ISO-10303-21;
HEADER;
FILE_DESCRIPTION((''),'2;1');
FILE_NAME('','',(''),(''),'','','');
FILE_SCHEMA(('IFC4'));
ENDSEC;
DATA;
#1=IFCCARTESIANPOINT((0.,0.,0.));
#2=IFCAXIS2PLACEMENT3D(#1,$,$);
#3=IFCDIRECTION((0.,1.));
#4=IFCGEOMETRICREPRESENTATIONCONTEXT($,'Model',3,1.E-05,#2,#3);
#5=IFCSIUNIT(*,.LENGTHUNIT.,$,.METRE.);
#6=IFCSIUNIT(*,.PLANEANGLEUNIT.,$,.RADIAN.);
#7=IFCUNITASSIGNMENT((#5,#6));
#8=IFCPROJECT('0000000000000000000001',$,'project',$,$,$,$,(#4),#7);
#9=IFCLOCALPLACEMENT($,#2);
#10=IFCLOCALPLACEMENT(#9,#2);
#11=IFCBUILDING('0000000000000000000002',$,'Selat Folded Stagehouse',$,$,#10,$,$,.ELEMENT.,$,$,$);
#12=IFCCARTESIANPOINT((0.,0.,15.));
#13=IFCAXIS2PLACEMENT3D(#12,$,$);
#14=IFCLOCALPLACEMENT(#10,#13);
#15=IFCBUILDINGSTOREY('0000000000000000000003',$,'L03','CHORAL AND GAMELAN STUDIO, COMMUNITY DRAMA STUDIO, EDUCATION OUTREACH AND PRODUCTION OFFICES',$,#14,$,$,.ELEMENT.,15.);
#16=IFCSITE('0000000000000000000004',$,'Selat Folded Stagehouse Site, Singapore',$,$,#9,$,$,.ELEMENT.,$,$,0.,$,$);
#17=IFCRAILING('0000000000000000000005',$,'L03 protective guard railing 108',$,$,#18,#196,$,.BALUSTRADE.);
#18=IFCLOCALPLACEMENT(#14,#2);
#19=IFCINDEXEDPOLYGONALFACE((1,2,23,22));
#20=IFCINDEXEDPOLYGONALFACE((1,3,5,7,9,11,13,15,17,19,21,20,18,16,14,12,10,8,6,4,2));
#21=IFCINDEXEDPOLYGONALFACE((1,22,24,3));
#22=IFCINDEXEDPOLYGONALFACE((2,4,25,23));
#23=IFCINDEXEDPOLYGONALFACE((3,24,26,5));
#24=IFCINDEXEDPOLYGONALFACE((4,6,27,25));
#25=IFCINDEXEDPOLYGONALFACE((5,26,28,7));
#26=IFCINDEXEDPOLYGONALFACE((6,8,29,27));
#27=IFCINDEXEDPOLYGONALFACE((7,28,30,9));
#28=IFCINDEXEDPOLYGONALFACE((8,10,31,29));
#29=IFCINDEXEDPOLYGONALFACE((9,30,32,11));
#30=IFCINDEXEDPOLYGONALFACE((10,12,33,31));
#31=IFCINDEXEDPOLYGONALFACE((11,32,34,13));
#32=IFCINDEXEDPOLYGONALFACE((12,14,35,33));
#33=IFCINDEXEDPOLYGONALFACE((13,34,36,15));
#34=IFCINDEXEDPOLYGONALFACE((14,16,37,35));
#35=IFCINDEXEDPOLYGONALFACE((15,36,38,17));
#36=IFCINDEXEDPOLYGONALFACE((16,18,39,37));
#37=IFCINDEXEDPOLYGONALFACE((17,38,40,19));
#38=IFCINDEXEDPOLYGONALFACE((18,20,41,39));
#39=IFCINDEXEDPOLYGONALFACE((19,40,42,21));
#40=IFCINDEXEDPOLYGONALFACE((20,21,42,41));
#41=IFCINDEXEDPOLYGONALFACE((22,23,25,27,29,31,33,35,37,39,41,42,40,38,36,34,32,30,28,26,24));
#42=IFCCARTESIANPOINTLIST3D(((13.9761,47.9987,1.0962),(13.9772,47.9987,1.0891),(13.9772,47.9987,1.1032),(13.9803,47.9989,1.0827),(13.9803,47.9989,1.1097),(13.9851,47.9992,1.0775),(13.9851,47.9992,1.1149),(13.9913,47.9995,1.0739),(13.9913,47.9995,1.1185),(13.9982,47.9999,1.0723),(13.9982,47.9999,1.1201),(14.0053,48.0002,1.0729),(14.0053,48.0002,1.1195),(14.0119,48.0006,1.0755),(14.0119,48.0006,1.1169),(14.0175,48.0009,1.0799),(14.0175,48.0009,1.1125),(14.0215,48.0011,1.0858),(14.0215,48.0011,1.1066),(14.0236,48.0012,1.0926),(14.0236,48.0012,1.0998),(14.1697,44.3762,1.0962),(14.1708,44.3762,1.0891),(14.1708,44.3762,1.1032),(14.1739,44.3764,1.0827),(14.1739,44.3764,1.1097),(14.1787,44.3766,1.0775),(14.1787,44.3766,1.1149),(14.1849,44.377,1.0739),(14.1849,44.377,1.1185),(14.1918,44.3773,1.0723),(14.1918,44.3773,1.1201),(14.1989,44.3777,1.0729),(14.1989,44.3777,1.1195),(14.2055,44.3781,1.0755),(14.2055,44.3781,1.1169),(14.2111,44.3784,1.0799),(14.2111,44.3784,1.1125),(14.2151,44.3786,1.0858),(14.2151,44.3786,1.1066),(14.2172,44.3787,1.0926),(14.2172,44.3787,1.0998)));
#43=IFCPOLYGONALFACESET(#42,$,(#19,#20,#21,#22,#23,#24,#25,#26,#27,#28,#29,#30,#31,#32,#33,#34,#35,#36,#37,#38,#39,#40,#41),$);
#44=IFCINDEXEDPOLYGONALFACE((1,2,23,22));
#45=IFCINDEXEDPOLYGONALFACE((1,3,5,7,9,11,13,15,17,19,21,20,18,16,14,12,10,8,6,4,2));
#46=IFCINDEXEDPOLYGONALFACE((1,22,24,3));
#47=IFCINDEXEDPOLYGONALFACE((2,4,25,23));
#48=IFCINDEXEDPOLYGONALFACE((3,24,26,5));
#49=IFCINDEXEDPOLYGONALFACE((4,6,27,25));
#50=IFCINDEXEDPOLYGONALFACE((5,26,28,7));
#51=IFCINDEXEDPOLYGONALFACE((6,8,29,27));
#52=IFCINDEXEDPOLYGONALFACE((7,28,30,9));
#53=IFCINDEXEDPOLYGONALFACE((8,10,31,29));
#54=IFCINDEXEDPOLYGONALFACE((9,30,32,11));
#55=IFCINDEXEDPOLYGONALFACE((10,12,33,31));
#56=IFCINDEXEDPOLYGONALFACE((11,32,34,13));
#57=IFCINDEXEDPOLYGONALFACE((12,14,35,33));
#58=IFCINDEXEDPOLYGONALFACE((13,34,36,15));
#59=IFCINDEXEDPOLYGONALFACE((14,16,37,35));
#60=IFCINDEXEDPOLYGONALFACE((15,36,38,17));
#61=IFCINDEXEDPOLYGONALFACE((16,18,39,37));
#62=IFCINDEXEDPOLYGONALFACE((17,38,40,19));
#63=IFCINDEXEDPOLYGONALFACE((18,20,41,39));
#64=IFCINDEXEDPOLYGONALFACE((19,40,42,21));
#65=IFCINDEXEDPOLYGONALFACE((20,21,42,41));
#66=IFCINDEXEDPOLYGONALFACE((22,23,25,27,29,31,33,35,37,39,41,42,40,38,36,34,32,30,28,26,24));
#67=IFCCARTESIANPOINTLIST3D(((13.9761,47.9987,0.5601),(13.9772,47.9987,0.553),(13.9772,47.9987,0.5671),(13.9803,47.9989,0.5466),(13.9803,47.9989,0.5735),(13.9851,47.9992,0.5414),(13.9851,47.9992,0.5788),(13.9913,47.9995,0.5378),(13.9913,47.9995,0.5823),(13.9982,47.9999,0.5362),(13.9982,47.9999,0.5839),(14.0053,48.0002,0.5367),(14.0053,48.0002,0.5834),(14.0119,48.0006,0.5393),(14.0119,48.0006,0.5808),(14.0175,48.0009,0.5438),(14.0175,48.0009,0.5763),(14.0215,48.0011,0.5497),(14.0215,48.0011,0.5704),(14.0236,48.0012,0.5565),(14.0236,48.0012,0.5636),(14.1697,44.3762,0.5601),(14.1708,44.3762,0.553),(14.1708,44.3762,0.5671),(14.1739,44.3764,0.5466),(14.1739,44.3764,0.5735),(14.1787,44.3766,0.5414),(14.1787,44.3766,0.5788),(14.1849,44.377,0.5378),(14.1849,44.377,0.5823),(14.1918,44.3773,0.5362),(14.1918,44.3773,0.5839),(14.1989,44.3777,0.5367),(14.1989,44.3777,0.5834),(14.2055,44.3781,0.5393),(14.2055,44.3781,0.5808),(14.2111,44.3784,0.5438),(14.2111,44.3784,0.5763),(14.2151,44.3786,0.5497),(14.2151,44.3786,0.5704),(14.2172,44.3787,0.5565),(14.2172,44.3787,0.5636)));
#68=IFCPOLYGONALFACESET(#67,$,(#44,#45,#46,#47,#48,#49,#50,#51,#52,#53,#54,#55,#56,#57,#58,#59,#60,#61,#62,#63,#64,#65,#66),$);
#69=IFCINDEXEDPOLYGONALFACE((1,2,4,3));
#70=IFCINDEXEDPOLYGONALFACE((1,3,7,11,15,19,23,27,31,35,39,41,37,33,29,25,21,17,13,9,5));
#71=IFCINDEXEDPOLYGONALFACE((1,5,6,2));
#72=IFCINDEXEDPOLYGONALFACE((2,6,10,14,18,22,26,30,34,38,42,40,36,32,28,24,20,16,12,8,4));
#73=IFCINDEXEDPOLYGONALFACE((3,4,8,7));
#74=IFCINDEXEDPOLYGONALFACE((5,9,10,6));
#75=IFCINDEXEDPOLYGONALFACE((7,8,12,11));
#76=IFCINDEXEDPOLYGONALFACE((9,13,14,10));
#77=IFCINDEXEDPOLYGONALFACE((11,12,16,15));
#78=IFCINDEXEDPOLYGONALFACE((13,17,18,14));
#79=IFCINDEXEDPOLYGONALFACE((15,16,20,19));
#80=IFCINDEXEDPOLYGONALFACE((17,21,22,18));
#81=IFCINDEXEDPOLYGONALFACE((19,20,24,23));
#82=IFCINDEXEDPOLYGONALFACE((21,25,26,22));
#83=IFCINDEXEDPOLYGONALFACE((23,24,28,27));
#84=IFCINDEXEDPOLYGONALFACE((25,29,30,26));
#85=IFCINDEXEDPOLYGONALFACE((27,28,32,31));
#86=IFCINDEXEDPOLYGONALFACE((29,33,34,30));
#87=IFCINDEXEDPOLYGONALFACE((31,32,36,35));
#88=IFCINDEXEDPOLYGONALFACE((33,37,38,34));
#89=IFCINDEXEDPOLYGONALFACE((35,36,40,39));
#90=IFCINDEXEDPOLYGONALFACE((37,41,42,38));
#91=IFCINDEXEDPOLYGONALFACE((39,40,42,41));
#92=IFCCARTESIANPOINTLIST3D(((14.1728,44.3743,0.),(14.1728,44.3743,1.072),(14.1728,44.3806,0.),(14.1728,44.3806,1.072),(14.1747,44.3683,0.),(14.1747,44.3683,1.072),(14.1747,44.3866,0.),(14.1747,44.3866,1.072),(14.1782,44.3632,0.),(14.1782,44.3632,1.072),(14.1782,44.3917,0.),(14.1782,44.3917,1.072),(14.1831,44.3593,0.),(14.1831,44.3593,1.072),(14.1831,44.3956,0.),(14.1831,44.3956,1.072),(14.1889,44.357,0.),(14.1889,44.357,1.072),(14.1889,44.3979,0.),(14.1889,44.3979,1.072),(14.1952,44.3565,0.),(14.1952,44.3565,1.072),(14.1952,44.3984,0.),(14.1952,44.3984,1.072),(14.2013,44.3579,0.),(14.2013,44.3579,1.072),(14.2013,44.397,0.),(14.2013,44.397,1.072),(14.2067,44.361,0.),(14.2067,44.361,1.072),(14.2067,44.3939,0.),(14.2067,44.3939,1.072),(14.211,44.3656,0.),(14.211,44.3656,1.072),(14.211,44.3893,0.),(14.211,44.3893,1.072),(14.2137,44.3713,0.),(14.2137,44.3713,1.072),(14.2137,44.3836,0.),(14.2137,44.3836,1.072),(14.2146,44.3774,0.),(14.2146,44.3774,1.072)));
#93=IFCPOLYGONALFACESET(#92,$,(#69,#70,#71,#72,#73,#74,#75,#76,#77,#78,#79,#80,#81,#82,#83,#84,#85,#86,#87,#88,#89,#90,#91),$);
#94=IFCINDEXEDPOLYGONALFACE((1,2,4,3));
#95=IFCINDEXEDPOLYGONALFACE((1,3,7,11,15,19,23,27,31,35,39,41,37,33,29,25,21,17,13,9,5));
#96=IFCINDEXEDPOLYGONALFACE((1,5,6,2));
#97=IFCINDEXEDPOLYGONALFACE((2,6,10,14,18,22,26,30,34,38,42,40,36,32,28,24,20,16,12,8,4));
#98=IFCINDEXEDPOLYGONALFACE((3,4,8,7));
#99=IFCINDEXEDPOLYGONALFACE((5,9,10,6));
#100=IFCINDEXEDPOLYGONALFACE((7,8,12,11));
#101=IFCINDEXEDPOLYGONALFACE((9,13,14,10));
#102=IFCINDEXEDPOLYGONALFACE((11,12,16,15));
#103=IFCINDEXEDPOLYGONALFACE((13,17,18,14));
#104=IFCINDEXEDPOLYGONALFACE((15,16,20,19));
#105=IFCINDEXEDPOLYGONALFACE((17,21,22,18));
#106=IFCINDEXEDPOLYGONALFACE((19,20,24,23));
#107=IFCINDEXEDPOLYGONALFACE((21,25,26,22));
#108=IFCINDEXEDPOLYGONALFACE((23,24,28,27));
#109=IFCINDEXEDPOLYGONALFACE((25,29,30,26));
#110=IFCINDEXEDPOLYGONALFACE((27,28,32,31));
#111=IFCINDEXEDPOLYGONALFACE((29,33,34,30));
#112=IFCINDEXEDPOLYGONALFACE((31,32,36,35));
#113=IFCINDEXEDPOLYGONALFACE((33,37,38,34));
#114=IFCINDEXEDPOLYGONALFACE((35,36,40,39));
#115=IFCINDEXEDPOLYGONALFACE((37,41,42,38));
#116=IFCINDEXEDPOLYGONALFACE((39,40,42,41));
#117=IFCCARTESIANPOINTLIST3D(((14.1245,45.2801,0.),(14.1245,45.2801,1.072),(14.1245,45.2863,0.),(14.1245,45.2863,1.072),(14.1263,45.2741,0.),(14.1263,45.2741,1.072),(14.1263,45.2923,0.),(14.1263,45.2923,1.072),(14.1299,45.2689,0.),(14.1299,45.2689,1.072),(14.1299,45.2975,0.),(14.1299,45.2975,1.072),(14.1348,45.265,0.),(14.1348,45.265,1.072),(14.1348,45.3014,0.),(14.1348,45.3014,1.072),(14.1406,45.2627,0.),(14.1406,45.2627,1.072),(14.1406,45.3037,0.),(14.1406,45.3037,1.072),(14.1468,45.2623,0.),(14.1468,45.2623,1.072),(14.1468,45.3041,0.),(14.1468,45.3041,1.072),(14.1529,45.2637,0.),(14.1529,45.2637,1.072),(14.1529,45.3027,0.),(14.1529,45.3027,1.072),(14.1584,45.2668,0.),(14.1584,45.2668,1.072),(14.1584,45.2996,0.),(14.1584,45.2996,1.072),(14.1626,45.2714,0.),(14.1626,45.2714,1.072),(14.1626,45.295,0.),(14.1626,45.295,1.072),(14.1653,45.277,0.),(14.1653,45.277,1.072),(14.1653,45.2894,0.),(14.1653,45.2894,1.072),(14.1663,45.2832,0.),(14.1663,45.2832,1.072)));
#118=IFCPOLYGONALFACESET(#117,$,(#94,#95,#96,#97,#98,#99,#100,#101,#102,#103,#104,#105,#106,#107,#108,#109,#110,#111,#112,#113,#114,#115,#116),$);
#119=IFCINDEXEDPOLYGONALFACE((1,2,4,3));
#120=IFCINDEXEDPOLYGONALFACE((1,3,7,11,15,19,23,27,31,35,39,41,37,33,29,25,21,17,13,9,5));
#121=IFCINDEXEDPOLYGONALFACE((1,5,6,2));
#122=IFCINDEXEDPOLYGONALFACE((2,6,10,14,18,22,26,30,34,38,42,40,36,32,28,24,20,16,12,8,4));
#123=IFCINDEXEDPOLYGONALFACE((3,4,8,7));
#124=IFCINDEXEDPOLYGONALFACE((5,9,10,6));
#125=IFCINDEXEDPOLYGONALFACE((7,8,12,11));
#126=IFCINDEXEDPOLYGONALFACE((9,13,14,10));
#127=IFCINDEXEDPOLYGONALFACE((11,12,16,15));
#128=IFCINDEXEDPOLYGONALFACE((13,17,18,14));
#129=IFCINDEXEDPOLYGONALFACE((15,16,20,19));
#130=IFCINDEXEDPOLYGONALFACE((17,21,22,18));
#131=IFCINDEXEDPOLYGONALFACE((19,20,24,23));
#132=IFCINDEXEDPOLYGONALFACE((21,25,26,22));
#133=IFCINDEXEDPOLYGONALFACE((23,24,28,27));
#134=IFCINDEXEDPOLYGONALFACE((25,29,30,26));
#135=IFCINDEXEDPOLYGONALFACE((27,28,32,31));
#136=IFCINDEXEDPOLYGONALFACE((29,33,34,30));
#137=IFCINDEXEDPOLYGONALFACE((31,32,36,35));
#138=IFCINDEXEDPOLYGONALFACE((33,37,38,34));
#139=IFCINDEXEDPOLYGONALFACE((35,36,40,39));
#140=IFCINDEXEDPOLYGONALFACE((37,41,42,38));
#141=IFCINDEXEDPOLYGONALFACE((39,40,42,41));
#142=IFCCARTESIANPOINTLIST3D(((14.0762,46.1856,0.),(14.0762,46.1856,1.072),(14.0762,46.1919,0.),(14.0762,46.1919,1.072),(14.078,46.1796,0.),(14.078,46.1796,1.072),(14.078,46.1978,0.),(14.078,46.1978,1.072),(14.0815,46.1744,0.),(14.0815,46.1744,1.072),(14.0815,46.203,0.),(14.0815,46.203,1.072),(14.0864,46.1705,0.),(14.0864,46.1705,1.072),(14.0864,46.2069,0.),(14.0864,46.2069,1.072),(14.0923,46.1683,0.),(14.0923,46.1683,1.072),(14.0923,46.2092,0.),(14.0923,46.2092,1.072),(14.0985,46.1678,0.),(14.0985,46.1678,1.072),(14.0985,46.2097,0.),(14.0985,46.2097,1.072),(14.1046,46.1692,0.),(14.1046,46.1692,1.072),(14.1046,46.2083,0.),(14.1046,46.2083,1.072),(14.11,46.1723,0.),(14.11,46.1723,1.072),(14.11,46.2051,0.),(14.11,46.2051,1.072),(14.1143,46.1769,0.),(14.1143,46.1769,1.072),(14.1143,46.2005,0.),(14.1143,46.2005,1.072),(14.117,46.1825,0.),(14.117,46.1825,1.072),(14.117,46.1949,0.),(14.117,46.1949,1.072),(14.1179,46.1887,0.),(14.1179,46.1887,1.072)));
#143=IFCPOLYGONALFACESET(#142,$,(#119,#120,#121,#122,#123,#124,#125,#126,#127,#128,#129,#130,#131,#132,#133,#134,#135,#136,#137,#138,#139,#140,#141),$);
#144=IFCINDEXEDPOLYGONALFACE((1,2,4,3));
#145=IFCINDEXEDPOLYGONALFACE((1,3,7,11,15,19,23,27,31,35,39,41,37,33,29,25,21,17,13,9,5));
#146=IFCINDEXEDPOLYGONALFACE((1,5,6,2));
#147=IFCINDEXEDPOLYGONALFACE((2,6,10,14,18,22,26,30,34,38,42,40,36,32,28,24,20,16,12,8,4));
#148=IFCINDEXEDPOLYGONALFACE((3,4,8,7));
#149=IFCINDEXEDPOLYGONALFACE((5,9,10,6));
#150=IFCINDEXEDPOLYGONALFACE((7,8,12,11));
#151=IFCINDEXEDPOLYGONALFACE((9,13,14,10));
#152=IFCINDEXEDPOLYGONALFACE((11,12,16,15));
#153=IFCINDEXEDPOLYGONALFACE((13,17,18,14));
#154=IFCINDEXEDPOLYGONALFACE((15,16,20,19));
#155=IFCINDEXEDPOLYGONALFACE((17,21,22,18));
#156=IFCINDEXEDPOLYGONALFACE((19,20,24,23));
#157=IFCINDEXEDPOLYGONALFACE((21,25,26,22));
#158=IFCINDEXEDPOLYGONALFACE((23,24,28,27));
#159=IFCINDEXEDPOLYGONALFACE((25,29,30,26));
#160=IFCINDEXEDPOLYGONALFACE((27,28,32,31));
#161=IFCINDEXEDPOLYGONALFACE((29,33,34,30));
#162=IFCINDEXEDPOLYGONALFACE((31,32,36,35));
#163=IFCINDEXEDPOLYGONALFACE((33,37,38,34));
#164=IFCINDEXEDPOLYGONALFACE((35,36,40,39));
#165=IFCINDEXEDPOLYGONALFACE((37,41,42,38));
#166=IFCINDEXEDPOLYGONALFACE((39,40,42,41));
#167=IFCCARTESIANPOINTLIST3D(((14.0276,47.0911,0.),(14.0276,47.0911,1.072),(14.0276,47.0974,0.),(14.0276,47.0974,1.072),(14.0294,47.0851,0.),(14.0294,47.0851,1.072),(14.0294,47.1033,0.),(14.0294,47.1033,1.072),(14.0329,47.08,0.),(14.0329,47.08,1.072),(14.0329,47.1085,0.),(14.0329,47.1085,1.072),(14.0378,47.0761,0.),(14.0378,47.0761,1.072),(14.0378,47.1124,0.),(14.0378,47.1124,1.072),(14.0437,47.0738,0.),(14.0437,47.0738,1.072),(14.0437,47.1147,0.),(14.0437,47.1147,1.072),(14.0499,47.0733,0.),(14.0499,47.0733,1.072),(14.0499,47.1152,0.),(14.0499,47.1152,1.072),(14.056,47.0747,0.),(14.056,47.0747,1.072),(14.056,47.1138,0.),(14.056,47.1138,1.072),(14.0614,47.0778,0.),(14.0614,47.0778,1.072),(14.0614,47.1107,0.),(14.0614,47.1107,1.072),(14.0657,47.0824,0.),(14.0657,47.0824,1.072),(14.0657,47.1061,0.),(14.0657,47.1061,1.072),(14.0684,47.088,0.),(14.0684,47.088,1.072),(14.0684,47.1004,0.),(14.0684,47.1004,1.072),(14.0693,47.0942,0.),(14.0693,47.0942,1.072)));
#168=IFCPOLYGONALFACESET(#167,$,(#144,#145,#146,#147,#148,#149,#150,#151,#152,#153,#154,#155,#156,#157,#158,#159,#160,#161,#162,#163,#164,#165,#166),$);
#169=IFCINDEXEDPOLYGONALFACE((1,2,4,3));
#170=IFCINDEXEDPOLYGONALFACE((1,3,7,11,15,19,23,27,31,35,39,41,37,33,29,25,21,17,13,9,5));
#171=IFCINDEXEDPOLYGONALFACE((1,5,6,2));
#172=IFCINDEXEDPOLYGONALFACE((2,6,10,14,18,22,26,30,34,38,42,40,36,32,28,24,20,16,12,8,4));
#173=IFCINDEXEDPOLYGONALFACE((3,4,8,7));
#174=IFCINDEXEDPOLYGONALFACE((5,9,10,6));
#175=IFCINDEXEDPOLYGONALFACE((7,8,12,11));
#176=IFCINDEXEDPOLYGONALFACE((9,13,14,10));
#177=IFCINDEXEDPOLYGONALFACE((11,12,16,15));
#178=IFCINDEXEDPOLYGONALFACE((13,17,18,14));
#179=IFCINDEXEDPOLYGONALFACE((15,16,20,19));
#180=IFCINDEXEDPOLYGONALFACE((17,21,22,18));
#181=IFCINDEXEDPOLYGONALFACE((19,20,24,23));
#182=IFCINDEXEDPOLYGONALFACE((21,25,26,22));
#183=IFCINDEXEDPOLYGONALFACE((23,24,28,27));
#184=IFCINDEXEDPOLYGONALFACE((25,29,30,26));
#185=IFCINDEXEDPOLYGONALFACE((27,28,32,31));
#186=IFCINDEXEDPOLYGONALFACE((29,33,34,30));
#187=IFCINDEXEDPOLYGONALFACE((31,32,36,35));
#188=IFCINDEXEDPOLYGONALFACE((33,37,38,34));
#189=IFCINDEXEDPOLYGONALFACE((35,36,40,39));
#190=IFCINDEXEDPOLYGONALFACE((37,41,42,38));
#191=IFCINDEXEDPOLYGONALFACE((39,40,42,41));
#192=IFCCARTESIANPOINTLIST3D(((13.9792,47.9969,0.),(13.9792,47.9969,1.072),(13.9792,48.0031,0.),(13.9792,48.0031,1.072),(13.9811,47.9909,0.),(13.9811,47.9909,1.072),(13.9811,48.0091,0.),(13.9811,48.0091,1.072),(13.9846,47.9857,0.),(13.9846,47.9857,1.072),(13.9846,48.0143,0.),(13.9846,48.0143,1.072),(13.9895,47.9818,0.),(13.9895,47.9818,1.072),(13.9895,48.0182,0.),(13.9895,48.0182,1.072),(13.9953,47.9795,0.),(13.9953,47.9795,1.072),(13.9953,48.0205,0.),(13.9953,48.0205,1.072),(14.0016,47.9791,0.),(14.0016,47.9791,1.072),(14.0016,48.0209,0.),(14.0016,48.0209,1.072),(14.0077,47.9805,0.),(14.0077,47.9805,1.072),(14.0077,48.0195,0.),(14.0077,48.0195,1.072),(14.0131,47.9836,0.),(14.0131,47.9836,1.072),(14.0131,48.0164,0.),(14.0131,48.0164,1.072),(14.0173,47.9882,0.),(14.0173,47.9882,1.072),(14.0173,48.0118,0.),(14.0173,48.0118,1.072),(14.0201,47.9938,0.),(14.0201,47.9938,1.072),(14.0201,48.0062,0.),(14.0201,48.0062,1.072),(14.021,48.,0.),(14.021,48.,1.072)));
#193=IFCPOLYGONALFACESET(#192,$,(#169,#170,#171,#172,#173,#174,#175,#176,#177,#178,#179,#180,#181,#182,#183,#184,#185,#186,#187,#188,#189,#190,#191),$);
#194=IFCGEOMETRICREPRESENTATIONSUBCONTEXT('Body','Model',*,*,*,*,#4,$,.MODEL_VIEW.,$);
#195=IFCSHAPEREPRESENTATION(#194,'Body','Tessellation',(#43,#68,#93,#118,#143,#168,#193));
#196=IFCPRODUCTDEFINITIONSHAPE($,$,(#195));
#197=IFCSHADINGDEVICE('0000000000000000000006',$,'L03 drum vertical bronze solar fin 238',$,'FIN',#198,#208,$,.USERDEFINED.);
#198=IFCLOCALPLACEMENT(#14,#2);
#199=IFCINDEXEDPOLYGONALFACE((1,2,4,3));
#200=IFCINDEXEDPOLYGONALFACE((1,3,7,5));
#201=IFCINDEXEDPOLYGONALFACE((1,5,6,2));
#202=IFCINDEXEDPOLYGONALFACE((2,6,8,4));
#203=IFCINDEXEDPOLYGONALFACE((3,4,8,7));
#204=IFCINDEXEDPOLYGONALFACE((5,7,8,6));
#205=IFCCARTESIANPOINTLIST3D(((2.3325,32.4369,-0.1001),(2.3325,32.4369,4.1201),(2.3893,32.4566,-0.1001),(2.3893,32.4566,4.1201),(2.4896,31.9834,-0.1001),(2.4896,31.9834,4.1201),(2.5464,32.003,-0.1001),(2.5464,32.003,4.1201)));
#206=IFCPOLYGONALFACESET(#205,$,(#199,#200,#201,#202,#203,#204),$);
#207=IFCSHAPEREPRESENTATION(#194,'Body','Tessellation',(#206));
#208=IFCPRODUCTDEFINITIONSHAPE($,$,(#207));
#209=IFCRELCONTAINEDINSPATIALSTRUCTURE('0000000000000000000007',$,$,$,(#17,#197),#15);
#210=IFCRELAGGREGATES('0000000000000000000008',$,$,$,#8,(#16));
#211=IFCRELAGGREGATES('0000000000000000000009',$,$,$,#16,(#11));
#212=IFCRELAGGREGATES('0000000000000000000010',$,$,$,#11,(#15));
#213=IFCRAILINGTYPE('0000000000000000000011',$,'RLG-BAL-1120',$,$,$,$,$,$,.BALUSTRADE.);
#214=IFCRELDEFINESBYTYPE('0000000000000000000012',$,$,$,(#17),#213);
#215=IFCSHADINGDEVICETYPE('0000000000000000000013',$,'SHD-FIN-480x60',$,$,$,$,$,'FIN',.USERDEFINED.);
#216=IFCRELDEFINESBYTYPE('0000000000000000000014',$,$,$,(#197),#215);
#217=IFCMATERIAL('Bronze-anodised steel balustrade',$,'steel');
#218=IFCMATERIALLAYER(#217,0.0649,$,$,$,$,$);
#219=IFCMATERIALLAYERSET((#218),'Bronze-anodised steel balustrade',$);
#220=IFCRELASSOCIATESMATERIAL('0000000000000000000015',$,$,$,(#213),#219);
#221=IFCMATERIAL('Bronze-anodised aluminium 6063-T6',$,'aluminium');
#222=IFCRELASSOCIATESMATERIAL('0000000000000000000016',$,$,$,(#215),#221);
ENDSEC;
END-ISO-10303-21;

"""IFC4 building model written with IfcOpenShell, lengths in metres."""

from ifc_helpers import new_model, si_unit, direction, frame, origin, origin_2d, place, context, subcontext, project, spatial, rectangle, circle, extrude, material, layer, layer_set, material_profile, profile_set, type_object, element, save


model = new_model("IFC4")

# Units and contexts
model_context = context("Model", 3, precision=1e-05, world=origin(), true_north=direction((0.0, 1.0)))
body_context = subcontext(model_context, "Body", "Model", "MODEL_VIEW")
ifc_project = project(units=[si_unit("LENGTHUNIT", "METRE"), si_unit("PLANEANGLEUNIT", "RADIAN")], contexts=[model_context])

# Site, building, storey
site_placement = place(None, origin())
site = spatial("IfcSite", under=ifc_project, at=site_placement, Name="Selat Folded Stagehouse Site, Singapore", CompositionType="ELEMENT", RefElevation=0.0)
building_placement = place(site_placement, origin())
building = spatial("IfcBuilding", under=site, at=building_placement, Name="Selat Folded Stagehouse", CompositionType="ELEMENT")
storey_placement = place(building_placement, frame((0.0, 0.0, 15.0)))
storey = spatial("IfcBuildingStorey", under=building, at=storey_placement, Name="L03", Description="CHORAL AND GAMELAN STUDIO, COMMUNITY DRAMA STUDIO, EDUCATION OUTREACH AND PRODUCTION OFFICES", CompositionType="ELEMENT", Elevation=15.0)

# Railing
ifc_material_1 = material(Name="Bronze-anodised steel balustrade", Category="steel")
ifc_layer_1 = layer(ifc_material_1, 0.0649)
ifc_layer_set_1 = layer_set([ifc_layer_1], Name="Bronze-anodised steel balustrade")
railing_type = type_object("IfcRailingType", Name="RLG-BAL-1120", PredefinedType="BALUSTRADE", material=ifc_layer_set_1)
railing_1_placement = place(storey_placement, frame((14.1936, 44.3774, 0.0)))
element("IfcRailing", 1, at=railing_1_placement, inside=storey, type_object=railing_type, Name="L03 protective guard railing 108", PredefinedType="BALUSTRADE", context=body_context, shape_type="SweptSolid", body=[
    extrude(circle(Radius=0.0239, at=origin_2d()), frame((0.0, 0.0, 1.0962), z_axis=(-0.053368, 0.998575, 0.0), x_axis=(-0.998575, -0.053368, 0.0)), (0.0, 0.0, 1.0), 3.6277),
    extrude(circle(Radius=0.0239, at=origin_2d()), frame((0.0, 0.0, 0.5601), z_axis=(-0.053368, 0.998575, 0.0), x_axis=(-0.998575, -0.053368, 0.0)), (0.0, 0.0, 1.0), 3.6277),
    extrude(circle(Radius=0.021, at=origin_2d()), origin(), (0.0, 0.0, 1.0), 1.072),
    extrude(circle(Radius=0.021, at=origin_2d()), frame((-0.0483, 0.9058, 0.0)), (0.0, 0.0, 1.0), 1.072),
    extrude(circle(Radius=0.021, at=origin_2d()), frame((-0.0967, 1.8113, 0.0)), (0.0, 0.0, 1.0), 1.072),
    extrude(circle(Radius=0.021, at=origin_2d()), frame((-0.1453, 2.7168, 0.0)), (0.0, 0.0, 1.0), 1.072),
    extrude(circle(Radius=0.021, at=origin_2d()), frame((-0.1936, 3.6226, 0.0)), (0.0, 0.0, 1.0), 1.072),
])

# Shading device
ifc_material_2 = material(Name="Bronze-anodised aluminium 6063-T6", Category="aluminium")
ifc_material_profile_1 = material_profile(ifc_material_2, rectangle(XDim=0.0601, YDim=0.48, at=origin_2d()), Name="SOLAR-FIN 480x60")
ifc_profile_set_1 = profile_set([ifc_material_profile_1], Name="Bronze-anodised aluminium 6063-T6")
shading_device_type = type_object("IfcShadingDeviceType", Name="SHD-FIN-480x60", ElementType="FIN", PredefinedType="USERDEFINED", material=ifc_profile_set_1)
for number, where, z_axis, x_axis, name in (
    (2, (2.4395, 32.22, -0.1001), (0.0, 0.0, 1.0), (-0.944949, -0.327218, 0.0), "L03 drum vertical bronze solar fin 238"),
):
    element("IfcShadingDevice", number, at=place(storey_placement, frame(where, z_axis=z_axis, x_axis=x_axis)), inside=storey, type_object=shading_device_type, Name=name, ObjectType="FIN", PredefinedType="USERDEFINED", context=body_context, shape_type="SweptSolid", body=[
        extrude(rectangle(XDim=0.0601, YDim=0.48, at=origin_2d()), origin(), (0.0, 0.0, 1.0), 4.2202),
    ])

save(model, "model.ifc")
